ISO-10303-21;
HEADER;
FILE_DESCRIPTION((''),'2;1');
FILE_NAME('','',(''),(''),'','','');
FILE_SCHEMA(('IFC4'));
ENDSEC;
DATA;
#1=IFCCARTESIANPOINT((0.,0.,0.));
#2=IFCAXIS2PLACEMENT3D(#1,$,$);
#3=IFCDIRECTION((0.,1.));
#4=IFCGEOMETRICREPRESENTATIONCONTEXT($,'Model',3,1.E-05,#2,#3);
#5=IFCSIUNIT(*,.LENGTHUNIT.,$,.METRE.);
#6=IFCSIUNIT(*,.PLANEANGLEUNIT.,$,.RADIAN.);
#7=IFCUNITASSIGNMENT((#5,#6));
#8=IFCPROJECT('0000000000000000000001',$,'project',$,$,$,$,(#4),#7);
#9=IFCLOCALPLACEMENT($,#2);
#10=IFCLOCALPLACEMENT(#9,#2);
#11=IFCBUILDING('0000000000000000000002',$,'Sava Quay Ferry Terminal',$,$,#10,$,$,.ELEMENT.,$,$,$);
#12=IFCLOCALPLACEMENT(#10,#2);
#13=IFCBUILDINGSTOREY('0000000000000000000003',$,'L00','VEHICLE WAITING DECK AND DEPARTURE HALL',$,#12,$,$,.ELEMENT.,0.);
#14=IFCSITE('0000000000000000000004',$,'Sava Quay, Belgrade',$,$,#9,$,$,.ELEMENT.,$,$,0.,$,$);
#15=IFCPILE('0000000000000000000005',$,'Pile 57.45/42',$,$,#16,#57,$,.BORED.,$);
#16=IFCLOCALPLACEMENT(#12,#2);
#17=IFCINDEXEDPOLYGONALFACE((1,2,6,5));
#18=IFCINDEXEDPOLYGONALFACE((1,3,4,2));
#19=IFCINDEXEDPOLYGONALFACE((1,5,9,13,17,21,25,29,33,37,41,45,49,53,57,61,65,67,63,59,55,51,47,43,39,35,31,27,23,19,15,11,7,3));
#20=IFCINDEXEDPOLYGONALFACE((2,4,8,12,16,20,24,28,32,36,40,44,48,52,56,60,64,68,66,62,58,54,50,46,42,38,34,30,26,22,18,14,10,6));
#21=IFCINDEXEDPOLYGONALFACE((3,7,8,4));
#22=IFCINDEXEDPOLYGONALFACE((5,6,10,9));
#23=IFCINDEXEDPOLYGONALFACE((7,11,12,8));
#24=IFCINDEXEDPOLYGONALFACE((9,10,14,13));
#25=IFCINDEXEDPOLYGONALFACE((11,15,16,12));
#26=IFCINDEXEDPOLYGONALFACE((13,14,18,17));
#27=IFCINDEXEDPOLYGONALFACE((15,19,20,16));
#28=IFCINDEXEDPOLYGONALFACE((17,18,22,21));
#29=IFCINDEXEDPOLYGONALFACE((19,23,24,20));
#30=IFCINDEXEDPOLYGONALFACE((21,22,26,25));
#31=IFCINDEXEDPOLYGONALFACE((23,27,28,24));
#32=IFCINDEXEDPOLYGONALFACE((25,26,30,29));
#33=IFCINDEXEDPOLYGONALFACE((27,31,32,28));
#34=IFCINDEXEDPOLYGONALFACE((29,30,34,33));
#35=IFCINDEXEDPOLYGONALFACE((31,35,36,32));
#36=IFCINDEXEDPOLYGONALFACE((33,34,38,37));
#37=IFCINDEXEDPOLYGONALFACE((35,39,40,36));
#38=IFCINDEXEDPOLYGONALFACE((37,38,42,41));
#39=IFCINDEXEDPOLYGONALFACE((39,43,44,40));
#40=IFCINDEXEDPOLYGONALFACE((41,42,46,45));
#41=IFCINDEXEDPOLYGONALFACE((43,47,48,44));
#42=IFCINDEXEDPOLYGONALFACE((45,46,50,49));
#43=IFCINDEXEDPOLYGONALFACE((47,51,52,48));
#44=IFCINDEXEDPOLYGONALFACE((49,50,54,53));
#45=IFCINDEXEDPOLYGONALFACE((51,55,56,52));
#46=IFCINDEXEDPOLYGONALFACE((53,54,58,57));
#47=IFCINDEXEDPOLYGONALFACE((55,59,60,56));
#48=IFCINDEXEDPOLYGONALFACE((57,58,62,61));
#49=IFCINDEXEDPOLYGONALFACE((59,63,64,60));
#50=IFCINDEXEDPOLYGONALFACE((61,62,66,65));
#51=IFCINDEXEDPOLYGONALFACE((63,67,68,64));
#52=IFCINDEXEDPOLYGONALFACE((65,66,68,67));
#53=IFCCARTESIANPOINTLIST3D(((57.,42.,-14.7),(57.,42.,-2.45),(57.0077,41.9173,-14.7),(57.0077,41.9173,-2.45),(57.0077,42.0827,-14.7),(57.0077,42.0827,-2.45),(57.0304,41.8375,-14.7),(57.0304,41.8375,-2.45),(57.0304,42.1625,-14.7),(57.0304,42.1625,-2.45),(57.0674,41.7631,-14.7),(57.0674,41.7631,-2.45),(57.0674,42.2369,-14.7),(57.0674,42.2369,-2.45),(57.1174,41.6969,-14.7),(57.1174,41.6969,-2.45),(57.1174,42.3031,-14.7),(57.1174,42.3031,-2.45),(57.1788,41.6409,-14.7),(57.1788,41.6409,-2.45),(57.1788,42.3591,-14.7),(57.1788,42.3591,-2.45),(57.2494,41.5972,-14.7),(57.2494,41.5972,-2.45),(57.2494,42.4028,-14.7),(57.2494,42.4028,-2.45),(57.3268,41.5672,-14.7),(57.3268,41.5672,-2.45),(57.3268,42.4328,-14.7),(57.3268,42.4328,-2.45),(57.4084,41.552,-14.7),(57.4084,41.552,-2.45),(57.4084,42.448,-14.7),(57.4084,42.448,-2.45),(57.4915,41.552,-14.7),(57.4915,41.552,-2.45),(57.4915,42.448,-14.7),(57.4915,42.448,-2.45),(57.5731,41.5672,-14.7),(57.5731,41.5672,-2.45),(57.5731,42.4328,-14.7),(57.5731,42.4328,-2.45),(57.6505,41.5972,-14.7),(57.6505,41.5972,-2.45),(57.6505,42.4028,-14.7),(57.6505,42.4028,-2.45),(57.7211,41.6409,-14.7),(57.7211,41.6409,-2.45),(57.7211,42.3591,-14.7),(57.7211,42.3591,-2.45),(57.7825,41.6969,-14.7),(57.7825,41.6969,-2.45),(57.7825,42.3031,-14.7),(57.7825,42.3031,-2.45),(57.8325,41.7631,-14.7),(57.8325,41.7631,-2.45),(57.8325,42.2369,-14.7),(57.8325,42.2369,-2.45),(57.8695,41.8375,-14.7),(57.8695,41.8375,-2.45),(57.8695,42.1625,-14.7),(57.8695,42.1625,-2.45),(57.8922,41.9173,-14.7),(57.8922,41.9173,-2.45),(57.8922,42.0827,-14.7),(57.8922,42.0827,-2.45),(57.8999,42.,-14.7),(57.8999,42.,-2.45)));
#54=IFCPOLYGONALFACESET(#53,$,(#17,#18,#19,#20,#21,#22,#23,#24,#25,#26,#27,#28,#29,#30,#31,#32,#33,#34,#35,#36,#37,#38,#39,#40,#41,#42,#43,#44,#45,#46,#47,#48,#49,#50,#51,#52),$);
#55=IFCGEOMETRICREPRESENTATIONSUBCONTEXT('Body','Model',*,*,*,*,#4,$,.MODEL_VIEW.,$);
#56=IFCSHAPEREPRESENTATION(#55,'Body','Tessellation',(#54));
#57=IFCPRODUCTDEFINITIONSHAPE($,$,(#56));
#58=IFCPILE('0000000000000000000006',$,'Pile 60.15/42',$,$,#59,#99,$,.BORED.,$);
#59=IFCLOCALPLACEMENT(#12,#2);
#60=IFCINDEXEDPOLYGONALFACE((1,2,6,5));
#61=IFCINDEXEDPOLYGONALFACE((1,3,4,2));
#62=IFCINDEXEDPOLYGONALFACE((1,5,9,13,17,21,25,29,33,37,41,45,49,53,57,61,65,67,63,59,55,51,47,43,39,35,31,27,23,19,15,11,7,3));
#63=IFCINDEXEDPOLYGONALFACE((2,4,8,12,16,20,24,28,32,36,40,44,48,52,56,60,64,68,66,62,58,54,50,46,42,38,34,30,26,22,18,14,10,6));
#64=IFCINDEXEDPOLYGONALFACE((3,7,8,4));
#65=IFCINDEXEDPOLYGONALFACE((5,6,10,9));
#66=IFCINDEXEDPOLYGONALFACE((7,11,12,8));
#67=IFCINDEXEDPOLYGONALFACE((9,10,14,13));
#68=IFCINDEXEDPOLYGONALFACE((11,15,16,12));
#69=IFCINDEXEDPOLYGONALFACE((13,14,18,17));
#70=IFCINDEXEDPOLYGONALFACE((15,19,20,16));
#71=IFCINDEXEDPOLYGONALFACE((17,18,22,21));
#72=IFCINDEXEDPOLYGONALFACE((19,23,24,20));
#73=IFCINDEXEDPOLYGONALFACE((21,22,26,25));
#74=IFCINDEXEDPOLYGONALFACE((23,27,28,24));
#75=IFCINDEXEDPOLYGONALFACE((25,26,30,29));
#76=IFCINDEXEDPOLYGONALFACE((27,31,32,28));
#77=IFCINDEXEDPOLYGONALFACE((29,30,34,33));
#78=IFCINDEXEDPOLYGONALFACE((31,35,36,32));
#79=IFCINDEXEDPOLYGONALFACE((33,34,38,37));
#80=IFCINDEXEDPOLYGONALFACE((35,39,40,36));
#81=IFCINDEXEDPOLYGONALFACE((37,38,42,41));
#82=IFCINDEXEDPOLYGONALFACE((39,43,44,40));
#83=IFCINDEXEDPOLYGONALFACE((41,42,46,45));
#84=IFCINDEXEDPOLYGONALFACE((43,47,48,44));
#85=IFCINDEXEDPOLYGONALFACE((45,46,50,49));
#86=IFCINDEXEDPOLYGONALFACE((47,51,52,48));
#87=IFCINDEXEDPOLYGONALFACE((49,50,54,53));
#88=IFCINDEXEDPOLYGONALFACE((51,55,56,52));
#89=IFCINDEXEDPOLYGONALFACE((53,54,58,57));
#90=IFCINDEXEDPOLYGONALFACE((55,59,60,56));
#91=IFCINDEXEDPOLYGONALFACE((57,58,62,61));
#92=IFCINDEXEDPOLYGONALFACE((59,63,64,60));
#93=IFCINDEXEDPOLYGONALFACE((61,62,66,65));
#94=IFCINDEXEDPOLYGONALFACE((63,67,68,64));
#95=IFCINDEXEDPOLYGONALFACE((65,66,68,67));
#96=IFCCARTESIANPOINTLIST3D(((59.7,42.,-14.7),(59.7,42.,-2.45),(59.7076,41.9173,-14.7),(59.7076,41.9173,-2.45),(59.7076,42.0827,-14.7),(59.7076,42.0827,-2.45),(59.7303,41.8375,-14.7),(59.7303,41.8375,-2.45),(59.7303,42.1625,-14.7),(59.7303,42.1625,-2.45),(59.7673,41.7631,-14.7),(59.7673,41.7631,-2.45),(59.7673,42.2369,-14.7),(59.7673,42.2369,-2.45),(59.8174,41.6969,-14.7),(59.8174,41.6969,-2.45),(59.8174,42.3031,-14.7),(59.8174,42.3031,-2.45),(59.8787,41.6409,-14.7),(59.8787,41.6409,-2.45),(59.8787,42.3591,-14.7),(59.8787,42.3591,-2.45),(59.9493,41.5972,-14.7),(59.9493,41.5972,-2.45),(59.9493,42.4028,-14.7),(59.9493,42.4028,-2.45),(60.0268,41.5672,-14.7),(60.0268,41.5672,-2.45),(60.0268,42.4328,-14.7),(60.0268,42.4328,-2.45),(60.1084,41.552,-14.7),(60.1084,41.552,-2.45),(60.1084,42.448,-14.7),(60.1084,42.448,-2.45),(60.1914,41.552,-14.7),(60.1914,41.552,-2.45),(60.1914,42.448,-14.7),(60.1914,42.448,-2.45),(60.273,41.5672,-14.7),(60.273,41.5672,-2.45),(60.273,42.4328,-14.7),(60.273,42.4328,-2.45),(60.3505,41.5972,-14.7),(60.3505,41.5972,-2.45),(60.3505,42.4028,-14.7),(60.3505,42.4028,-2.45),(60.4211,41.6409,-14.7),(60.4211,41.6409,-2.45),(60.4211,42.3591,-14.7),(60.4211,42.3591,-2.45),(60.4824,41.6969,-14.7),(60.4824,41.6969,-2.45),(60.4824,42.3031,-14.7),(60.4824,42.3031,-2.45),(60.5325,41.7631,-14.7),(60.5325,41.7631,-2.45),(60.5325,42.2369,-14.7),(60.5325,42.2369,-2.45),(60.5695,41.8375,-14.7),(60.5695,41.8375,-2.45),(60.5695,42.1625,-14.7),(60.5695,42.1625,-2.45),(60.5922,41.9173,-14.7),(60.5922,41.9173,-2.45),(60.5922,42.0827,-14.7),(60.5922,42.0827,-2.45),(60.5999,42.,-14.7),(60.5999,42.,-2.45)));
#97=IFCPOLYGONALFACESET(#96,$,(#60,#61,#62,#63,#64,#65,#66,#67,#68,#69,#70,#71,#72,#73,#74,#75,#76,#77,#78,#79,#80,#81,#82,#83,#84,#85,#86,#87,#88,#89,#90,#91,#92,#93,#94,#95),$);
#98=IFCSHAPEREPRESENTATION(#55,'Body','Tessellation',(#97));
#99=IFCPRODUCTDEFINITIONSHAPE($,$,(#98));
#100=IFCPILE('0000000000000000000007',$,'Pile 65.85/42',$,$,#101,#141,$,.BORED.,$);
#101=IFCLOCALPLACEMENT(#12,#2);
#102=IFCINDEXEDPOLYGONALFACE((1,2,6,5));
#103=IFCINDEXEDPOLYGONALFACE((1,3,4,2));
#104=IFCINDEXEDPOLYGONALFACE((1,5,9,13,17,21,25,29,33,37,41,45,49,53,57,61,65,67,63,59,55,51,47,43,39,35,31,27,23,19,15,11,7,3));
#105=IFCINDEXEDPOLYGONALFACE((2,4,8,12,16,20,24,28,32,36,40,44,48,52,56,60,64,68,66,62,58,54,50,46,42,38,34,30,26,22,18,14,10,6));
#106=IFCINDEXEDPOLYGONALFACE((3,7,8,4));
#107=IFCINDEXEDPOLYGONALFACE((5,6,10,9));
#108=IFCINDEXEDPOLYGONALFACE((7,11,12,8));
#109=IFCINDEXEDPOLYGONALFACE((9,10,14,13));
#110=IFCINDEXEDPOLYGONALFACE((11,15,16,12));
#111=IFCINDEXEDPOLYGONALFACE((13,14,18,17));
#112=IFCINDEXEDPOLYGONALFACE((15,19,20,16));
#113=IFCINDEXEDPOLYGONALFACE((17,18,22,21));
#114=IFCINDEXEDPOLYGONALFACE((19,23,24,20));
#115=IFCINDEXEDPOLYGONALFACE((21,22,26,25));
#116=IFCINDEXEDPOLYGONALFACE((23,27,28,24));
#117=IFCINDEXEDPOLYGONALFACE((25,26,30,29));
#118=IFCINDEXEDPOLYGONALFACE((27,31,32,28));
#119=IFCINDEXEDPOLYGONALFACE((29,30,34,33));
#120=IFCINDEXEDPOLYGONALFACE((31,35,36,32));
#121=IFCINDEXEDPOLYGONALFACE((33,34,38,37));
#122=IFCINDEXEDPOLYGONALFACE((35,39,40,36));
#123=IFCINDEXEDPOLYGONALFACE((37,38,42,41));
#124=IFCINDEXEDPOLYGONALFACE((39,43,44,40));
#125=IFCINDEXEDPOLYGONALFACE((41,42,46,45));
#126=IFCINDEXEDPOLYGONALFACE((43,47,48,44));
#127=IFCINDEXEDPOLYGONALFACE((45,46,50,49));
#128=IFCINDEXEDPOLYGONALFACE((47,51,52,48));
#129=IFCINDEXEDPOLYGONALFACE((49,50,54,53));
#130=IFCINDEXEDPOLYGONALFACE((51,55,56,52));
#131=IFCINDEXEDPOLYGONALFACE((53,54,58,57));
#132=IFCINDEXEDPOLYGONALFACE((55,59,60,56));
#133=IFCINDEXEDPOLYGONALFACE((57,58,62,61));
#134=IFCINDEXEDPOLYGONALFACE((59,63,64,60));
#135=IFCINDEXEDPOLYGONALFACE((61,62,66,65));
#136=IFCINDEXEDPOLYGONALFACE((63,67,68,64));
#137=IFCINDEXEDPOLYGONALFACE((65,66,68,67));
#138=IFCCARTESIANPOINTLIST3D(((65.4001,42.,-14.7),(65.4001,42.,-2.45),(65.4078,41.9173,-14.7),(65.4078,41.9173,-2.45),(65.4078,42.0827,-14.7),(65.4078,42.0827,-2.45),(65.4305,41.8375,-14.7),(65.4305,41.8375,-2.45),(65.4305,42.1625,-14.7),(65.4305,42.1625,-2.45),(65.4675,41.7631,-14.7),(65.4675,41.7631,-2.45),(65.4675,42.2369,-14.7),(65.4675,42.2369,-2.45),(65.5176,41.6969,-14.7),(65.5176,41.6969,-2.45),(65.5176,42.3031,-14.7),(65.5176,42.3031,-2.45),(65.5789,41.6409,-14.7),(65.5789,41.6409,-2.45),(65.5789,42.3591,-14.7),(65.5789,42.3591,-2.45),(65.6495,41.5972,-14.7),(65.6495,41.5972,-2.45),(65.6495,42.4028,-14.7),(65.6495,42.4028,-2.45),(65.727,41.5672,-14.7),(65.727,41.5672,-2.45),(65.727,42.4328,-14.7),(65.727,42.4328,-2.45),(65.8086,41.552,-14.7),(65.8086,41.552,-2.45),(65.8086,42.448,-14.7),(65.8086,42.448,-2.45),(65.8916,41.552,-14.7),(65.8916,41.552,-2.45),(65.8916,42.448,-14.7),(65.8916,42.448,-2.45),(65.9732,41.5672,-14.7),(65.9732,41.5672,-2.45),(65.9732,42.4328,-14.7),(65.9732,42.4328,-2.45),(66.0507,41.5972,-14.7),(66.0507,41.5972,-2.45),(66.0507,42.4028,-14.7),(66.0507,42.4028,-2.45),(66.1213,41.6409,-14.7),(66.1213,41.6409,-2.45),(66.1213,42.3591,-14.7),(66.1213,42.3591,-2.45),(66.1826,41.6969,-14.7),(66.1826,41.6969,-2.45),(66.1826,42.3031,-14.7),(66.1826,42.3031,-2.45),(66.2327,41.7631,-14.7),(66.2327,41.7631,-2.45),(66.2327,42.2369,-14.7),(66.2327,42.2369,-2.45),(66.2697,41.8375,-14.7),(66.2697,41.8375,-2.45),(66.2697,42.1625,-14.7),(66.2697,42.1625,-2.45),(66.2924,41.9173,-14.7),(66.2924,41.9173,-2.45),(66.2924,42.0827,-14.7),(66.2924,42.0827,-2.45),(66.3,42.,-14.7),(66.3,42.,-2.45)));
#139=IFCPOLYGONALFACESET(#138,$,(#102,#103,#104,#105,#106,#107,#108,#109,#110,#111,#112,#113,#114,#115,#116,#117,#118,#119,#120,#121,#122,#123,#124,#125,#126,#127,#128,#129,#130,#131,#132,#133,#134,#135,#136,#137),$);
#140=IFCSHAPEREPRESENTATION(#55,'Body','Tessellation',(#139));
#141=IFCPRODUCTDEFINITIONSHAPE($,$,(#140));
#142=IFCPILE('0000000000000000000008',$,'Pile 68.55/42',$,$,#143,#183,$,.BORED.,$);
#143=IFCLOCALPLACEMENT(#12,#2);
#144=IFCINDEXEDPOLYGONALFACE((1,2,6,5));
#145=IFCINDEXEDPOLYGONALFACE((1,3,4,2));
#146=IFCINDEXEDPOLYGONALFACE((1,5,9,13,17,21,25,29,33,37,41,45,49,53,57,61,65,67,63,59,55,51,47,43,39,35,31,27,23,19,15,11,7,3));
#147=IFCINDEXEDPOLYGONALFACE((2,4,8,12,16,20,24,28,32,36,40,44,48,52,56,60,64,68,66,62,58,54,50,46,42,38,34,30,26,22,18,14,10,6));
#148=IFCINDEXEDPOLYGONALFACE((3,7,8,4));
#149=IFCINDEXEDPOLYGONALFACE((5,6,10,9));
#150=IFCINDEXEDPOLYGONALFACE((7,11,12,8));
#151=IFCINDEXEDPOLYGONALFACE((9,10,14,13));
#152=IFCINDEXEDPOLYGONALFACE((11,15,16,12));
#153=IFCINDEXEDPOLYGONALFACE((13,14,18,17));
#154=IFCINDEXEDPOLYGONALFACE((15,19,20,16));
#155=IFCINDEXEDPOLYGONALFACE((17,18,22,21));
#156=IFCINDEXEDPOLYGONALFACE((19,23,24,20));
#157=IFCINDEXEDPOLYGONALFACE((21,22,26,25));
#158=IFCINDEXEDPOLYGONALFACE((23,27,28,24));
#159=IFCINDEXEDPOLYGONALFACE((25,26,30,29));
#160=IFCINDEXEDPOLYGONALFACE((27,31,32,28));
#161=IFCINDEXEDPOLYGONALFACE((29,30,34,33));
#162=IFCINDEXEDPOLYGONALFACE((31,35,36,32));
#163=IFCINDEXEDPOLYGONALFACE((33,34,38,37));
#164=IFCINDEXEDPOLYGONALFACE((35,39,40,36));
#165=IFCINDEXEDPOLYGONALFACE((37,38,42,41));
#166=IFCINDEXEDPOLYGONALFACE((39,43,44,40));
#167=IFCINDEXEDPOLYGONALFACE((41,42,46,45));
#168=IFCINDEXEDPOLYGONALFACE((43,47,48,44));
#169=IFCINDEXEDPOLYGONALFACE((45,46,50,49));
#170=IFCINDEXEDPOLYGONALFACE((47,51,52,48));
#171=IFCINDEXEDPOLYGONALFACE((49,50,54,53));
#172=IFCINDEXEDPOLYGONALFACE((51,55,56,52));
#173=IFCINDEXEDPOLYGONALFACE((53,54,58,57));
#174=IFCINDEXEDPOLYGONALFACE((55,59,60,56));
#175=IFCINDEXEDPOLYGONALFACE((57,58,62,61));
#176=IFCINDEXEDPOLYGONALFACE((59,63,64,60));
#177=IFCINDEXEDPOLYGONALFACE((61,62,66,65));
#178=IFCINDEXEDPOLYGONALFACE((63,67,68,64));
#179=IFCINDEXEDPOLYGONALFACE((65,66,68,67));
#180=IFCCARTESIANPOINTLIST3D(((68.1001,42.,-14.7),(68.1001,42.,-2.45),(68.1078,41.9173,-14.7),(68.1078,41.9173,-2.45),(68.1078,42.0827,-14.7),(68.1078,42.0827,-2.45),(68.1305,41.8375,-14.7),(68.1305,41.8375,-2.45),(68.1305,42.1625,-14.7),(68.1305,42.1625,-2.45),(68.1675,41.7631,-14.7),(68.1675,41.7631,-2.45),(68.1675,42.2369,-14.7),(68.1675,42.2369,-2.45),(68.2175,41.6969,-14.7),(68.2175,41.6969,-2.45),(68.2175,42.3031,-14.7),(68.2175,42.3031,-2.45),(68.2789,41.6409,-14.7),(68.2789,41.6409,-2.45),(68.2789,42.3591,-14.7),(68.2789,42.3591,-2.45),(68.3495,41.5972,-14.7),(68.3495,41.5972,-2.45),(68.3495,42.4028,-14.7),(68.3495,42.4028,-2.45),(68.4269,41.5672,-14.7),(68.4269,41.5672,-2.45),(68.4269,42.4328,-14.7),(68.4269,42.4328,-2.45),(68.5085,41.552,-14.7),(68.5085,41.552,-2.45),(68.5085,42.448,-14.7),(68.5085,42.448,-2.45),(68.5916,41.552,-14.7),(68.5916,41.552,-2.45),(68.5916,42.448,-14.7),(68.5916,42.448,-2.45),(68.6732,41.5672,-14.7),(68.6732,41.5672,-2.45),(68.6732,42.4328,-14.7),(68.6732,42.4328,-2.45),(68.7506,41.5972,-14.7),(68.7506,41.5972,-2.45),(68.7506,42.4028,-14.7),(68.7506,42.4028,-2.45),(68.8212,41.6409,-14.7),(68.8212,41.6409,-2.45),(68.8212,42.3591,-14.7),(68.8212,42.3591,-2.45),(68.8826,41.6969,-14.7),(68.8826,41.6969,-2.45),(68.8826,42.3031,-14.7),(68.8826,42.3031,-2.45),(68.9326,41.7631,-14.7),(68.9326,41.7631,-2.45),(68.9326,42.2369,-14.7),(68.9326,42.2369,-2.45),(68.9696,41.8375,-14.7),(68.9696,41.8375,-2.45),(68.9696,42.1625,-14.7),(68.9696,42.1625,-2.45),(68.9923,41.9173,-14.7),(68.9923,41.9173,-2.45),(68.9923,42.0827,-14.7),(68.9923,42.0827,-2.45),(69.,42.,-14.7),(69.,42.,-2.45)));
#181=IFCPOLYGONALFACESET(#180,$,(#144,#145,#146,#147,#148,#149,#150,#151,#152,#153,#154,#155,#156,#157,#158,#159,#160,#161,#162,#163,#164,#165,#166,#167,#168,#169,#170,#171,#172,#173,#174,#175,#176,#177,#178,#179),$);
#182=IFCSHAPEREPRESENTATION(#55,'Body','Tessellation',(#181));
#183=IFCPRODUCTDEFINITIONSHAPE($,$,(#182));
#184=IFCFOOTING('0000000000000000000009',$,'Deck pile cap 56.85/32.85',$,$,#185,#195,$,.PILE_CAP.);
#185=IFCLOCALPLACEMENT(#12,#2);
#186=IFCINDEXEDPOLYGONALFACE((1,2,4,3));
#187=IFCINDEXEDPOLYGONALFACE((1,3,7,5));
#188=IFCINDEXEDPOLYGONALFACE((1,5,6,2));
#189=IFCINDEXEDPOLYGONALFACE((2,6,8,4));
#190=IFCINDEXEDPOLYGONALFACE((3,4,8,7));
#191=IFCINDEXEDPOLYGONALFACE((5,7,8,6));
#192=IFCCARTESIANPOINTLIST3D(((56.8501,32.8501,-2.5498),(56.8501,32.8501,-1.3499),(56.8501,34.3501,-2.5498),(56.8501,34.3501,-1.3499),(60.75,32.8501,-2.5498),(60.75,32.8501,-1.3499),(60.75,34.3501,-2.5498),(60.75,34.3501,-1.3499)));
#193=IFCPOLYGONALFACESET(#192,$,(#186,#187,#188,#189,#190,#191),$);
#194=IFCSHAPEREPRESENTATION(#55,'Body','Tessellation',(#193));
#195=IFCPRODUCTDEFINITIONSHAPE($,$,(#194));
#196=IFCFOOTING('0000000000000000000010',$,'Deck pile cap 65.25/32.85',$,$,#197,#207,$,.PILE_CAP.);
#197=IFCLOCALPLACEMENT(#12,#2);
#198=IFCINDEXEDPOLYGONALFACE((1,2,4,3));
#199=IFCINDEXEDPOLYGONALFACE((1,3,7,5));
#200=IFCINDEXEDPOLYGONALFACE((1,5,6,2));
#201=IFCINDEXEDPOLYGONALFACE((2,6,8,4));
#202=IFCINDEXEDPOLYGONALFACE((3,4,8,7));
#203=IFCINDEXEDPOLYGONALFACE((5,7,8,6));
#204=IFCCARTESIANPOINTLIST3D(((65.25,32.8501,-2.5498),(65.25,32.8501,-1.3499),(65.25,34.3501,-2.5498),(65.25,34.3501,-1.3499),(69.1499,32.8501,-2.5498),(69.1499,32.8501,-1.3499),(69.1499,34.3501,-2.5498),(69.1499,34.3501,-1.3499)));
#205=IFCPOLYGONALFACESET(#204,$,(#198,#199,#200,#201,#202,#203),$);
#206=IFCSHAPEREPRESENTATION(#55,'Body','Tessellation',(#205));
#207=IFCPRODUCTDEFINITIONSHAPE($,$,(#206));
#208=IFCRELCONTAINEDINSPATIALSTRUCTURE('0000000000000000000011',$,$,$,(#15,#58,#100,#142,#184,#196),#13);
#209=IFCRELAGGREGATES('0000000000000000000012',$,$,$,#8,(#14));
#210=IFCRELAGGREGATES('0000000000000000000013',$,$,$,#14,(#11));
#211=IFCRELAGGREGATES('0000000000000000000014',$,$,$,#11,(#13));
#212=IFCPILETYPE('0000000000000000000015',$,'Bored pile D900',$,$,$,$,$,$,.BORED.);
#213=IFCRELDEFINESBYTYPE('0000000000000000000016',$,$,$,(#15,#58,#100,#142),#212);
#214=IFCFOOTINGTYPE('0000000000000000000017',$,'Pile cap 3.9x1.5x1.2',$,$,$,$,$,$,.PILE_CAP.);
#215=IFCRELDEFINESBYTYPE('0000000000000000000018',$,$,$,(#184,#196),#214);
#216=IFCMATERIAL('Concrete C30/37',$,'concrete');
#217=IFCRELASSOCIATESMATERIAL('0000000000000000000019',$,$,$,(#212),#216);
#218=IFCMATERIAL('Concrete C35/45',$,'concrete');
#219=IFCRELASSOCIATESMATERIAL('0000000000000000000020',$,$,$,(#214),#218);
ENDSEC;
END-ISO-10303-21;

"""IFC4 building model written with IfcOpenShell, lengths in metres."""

from ifc_helpers import new_model, si_unit, direction, frame, origin, origin_2d, place, context, subcontext, project, spatial, rectangle, circle, extrude, material, material_profile, profile_set, type_object, element, save


model = new_model("IFC4")

# Units and contexts
model_context = context("Model", 3, precision=1e-05, world=origin(), true_north=direction((0.0, 1.0)))
body_context = subcontext(model_context, "Body", "Model", "MODEL_VIEW")
ifc_project = project(units=[si_unit("LENGTHUNIT", "METRE"), si_unit("PLANEANGLEUNIT", "RADIAN")], contexts=[model_context])

# Site, building, storey
site_placement = place(None, origin())
site = spatial("IfcSite", under=ifc_project, at=site_placement, Name="Sava Quay, Belgrade", CompositionType="ELEMENT", RefElevation=0.0)
building_placement = place(site_placement, origin())
building = spatial("IfcBuilding", under=site, at=building_placement, Name="Sava Quay Ferry Terminal", CompositionType="ELEMENT")
storey_placement = place(building_placement, origin())
storey = spatial("IfcBuildingStorey", under=building, at=storey_placement, Name="L00", Description="VEHICLE WAITING DECK AND DEPARTURE HALL", CompositionType="ELEMENT", Elevation=0.0)

# Piles
ifc_material_1 = material(Name="Concrete C30/37", Category="concrete")
ifc_material_profile_1 = material_profile(ifc_material_1, circle(Radius=0.45, at=origin_2d()), Name="Bored pile D900")
ifc_profile_set_1 = profile_set([ifc_material_profile_1], Name="Concrete C30/37")
pile_type = type_object("IfcPileType", Name="Bored pile D900", PredefinedType="BORED", material=ifc_profile_set_1)
for number, where, z_axis, x_axis, name in (
    (1, (57.45, 42.0, -2.45), (0.0, 0.0, -1.0), (1.0, 0.0, 0.0), "Pile 57.45/42"),
    (2, (60.1499, 42.0, -2.45), (0.0, 0.0, -1.0), (1.0, 0.0, 0.0), "Pile 60.15/42"),
    (3, (65.8501, 42.0, -2.45), (0.0, 0.0, -1.0), (1.0, 0.0, 0.0), "Pile 65.85/42"),
    (4, (68.55, 42.0, -2.45), (0.0, 0.0, -1.0), (1.0, 0.0, 0.0), "Pile 68.55/42"),
):
    element("IfcPile", number, at=place(storey_placement, frame(where, z_axis=z_axis, x_axis=x_axis)), inside=storey, type_object=pile_type, Name=name, PredefinedType="BORED", context=body_context, shape_type="SweptSolid", body=[
        extrude(circle(Radius=0.45, at=origin_2d()), origin(), (0.0, 0.0, 1.0), 12.25),
    ])

# Footings
ifc_material_2 = material(Name="Concrete C35/45", Category="concrete")
footing_type = type_object("IfcFootingType", Name="Pile cap 3.9x1.5x1.2", PredefinedType="PILE_CAP", material=ifc_material_2)
for number, where, z_axis, x_axis, name in (
    (5, (58.8, 33.6001, -2.5498), (0.0, 0.0, 1.0), (1.0, 0.0, 0.0), "Deck pile cap 56.85/32.85"),
    (6, (67.2, 33.6001, -2.5498), (0.0, 0.0, 1.0), (1.0, 0.0, 0.0), "Deck pile cap 65.25/32.85"),
):
    element("IfcFooting", number, at=place(storey_placement, frame(where, z_axis=z_axis, x_axis=x_axis)), inside=storey, type_object=footing_type, Name=name, PredefinedType="PILE_CAP", context=body_context, shape_type="SweptSolid", body=[
        extrude(rectangle(XDim=3.8999, YDim=1.5, at=origin_2d()), origin(), (0.0, 0.0, 1.0), 1.2),
    ])

save(model, "model.ifc")
